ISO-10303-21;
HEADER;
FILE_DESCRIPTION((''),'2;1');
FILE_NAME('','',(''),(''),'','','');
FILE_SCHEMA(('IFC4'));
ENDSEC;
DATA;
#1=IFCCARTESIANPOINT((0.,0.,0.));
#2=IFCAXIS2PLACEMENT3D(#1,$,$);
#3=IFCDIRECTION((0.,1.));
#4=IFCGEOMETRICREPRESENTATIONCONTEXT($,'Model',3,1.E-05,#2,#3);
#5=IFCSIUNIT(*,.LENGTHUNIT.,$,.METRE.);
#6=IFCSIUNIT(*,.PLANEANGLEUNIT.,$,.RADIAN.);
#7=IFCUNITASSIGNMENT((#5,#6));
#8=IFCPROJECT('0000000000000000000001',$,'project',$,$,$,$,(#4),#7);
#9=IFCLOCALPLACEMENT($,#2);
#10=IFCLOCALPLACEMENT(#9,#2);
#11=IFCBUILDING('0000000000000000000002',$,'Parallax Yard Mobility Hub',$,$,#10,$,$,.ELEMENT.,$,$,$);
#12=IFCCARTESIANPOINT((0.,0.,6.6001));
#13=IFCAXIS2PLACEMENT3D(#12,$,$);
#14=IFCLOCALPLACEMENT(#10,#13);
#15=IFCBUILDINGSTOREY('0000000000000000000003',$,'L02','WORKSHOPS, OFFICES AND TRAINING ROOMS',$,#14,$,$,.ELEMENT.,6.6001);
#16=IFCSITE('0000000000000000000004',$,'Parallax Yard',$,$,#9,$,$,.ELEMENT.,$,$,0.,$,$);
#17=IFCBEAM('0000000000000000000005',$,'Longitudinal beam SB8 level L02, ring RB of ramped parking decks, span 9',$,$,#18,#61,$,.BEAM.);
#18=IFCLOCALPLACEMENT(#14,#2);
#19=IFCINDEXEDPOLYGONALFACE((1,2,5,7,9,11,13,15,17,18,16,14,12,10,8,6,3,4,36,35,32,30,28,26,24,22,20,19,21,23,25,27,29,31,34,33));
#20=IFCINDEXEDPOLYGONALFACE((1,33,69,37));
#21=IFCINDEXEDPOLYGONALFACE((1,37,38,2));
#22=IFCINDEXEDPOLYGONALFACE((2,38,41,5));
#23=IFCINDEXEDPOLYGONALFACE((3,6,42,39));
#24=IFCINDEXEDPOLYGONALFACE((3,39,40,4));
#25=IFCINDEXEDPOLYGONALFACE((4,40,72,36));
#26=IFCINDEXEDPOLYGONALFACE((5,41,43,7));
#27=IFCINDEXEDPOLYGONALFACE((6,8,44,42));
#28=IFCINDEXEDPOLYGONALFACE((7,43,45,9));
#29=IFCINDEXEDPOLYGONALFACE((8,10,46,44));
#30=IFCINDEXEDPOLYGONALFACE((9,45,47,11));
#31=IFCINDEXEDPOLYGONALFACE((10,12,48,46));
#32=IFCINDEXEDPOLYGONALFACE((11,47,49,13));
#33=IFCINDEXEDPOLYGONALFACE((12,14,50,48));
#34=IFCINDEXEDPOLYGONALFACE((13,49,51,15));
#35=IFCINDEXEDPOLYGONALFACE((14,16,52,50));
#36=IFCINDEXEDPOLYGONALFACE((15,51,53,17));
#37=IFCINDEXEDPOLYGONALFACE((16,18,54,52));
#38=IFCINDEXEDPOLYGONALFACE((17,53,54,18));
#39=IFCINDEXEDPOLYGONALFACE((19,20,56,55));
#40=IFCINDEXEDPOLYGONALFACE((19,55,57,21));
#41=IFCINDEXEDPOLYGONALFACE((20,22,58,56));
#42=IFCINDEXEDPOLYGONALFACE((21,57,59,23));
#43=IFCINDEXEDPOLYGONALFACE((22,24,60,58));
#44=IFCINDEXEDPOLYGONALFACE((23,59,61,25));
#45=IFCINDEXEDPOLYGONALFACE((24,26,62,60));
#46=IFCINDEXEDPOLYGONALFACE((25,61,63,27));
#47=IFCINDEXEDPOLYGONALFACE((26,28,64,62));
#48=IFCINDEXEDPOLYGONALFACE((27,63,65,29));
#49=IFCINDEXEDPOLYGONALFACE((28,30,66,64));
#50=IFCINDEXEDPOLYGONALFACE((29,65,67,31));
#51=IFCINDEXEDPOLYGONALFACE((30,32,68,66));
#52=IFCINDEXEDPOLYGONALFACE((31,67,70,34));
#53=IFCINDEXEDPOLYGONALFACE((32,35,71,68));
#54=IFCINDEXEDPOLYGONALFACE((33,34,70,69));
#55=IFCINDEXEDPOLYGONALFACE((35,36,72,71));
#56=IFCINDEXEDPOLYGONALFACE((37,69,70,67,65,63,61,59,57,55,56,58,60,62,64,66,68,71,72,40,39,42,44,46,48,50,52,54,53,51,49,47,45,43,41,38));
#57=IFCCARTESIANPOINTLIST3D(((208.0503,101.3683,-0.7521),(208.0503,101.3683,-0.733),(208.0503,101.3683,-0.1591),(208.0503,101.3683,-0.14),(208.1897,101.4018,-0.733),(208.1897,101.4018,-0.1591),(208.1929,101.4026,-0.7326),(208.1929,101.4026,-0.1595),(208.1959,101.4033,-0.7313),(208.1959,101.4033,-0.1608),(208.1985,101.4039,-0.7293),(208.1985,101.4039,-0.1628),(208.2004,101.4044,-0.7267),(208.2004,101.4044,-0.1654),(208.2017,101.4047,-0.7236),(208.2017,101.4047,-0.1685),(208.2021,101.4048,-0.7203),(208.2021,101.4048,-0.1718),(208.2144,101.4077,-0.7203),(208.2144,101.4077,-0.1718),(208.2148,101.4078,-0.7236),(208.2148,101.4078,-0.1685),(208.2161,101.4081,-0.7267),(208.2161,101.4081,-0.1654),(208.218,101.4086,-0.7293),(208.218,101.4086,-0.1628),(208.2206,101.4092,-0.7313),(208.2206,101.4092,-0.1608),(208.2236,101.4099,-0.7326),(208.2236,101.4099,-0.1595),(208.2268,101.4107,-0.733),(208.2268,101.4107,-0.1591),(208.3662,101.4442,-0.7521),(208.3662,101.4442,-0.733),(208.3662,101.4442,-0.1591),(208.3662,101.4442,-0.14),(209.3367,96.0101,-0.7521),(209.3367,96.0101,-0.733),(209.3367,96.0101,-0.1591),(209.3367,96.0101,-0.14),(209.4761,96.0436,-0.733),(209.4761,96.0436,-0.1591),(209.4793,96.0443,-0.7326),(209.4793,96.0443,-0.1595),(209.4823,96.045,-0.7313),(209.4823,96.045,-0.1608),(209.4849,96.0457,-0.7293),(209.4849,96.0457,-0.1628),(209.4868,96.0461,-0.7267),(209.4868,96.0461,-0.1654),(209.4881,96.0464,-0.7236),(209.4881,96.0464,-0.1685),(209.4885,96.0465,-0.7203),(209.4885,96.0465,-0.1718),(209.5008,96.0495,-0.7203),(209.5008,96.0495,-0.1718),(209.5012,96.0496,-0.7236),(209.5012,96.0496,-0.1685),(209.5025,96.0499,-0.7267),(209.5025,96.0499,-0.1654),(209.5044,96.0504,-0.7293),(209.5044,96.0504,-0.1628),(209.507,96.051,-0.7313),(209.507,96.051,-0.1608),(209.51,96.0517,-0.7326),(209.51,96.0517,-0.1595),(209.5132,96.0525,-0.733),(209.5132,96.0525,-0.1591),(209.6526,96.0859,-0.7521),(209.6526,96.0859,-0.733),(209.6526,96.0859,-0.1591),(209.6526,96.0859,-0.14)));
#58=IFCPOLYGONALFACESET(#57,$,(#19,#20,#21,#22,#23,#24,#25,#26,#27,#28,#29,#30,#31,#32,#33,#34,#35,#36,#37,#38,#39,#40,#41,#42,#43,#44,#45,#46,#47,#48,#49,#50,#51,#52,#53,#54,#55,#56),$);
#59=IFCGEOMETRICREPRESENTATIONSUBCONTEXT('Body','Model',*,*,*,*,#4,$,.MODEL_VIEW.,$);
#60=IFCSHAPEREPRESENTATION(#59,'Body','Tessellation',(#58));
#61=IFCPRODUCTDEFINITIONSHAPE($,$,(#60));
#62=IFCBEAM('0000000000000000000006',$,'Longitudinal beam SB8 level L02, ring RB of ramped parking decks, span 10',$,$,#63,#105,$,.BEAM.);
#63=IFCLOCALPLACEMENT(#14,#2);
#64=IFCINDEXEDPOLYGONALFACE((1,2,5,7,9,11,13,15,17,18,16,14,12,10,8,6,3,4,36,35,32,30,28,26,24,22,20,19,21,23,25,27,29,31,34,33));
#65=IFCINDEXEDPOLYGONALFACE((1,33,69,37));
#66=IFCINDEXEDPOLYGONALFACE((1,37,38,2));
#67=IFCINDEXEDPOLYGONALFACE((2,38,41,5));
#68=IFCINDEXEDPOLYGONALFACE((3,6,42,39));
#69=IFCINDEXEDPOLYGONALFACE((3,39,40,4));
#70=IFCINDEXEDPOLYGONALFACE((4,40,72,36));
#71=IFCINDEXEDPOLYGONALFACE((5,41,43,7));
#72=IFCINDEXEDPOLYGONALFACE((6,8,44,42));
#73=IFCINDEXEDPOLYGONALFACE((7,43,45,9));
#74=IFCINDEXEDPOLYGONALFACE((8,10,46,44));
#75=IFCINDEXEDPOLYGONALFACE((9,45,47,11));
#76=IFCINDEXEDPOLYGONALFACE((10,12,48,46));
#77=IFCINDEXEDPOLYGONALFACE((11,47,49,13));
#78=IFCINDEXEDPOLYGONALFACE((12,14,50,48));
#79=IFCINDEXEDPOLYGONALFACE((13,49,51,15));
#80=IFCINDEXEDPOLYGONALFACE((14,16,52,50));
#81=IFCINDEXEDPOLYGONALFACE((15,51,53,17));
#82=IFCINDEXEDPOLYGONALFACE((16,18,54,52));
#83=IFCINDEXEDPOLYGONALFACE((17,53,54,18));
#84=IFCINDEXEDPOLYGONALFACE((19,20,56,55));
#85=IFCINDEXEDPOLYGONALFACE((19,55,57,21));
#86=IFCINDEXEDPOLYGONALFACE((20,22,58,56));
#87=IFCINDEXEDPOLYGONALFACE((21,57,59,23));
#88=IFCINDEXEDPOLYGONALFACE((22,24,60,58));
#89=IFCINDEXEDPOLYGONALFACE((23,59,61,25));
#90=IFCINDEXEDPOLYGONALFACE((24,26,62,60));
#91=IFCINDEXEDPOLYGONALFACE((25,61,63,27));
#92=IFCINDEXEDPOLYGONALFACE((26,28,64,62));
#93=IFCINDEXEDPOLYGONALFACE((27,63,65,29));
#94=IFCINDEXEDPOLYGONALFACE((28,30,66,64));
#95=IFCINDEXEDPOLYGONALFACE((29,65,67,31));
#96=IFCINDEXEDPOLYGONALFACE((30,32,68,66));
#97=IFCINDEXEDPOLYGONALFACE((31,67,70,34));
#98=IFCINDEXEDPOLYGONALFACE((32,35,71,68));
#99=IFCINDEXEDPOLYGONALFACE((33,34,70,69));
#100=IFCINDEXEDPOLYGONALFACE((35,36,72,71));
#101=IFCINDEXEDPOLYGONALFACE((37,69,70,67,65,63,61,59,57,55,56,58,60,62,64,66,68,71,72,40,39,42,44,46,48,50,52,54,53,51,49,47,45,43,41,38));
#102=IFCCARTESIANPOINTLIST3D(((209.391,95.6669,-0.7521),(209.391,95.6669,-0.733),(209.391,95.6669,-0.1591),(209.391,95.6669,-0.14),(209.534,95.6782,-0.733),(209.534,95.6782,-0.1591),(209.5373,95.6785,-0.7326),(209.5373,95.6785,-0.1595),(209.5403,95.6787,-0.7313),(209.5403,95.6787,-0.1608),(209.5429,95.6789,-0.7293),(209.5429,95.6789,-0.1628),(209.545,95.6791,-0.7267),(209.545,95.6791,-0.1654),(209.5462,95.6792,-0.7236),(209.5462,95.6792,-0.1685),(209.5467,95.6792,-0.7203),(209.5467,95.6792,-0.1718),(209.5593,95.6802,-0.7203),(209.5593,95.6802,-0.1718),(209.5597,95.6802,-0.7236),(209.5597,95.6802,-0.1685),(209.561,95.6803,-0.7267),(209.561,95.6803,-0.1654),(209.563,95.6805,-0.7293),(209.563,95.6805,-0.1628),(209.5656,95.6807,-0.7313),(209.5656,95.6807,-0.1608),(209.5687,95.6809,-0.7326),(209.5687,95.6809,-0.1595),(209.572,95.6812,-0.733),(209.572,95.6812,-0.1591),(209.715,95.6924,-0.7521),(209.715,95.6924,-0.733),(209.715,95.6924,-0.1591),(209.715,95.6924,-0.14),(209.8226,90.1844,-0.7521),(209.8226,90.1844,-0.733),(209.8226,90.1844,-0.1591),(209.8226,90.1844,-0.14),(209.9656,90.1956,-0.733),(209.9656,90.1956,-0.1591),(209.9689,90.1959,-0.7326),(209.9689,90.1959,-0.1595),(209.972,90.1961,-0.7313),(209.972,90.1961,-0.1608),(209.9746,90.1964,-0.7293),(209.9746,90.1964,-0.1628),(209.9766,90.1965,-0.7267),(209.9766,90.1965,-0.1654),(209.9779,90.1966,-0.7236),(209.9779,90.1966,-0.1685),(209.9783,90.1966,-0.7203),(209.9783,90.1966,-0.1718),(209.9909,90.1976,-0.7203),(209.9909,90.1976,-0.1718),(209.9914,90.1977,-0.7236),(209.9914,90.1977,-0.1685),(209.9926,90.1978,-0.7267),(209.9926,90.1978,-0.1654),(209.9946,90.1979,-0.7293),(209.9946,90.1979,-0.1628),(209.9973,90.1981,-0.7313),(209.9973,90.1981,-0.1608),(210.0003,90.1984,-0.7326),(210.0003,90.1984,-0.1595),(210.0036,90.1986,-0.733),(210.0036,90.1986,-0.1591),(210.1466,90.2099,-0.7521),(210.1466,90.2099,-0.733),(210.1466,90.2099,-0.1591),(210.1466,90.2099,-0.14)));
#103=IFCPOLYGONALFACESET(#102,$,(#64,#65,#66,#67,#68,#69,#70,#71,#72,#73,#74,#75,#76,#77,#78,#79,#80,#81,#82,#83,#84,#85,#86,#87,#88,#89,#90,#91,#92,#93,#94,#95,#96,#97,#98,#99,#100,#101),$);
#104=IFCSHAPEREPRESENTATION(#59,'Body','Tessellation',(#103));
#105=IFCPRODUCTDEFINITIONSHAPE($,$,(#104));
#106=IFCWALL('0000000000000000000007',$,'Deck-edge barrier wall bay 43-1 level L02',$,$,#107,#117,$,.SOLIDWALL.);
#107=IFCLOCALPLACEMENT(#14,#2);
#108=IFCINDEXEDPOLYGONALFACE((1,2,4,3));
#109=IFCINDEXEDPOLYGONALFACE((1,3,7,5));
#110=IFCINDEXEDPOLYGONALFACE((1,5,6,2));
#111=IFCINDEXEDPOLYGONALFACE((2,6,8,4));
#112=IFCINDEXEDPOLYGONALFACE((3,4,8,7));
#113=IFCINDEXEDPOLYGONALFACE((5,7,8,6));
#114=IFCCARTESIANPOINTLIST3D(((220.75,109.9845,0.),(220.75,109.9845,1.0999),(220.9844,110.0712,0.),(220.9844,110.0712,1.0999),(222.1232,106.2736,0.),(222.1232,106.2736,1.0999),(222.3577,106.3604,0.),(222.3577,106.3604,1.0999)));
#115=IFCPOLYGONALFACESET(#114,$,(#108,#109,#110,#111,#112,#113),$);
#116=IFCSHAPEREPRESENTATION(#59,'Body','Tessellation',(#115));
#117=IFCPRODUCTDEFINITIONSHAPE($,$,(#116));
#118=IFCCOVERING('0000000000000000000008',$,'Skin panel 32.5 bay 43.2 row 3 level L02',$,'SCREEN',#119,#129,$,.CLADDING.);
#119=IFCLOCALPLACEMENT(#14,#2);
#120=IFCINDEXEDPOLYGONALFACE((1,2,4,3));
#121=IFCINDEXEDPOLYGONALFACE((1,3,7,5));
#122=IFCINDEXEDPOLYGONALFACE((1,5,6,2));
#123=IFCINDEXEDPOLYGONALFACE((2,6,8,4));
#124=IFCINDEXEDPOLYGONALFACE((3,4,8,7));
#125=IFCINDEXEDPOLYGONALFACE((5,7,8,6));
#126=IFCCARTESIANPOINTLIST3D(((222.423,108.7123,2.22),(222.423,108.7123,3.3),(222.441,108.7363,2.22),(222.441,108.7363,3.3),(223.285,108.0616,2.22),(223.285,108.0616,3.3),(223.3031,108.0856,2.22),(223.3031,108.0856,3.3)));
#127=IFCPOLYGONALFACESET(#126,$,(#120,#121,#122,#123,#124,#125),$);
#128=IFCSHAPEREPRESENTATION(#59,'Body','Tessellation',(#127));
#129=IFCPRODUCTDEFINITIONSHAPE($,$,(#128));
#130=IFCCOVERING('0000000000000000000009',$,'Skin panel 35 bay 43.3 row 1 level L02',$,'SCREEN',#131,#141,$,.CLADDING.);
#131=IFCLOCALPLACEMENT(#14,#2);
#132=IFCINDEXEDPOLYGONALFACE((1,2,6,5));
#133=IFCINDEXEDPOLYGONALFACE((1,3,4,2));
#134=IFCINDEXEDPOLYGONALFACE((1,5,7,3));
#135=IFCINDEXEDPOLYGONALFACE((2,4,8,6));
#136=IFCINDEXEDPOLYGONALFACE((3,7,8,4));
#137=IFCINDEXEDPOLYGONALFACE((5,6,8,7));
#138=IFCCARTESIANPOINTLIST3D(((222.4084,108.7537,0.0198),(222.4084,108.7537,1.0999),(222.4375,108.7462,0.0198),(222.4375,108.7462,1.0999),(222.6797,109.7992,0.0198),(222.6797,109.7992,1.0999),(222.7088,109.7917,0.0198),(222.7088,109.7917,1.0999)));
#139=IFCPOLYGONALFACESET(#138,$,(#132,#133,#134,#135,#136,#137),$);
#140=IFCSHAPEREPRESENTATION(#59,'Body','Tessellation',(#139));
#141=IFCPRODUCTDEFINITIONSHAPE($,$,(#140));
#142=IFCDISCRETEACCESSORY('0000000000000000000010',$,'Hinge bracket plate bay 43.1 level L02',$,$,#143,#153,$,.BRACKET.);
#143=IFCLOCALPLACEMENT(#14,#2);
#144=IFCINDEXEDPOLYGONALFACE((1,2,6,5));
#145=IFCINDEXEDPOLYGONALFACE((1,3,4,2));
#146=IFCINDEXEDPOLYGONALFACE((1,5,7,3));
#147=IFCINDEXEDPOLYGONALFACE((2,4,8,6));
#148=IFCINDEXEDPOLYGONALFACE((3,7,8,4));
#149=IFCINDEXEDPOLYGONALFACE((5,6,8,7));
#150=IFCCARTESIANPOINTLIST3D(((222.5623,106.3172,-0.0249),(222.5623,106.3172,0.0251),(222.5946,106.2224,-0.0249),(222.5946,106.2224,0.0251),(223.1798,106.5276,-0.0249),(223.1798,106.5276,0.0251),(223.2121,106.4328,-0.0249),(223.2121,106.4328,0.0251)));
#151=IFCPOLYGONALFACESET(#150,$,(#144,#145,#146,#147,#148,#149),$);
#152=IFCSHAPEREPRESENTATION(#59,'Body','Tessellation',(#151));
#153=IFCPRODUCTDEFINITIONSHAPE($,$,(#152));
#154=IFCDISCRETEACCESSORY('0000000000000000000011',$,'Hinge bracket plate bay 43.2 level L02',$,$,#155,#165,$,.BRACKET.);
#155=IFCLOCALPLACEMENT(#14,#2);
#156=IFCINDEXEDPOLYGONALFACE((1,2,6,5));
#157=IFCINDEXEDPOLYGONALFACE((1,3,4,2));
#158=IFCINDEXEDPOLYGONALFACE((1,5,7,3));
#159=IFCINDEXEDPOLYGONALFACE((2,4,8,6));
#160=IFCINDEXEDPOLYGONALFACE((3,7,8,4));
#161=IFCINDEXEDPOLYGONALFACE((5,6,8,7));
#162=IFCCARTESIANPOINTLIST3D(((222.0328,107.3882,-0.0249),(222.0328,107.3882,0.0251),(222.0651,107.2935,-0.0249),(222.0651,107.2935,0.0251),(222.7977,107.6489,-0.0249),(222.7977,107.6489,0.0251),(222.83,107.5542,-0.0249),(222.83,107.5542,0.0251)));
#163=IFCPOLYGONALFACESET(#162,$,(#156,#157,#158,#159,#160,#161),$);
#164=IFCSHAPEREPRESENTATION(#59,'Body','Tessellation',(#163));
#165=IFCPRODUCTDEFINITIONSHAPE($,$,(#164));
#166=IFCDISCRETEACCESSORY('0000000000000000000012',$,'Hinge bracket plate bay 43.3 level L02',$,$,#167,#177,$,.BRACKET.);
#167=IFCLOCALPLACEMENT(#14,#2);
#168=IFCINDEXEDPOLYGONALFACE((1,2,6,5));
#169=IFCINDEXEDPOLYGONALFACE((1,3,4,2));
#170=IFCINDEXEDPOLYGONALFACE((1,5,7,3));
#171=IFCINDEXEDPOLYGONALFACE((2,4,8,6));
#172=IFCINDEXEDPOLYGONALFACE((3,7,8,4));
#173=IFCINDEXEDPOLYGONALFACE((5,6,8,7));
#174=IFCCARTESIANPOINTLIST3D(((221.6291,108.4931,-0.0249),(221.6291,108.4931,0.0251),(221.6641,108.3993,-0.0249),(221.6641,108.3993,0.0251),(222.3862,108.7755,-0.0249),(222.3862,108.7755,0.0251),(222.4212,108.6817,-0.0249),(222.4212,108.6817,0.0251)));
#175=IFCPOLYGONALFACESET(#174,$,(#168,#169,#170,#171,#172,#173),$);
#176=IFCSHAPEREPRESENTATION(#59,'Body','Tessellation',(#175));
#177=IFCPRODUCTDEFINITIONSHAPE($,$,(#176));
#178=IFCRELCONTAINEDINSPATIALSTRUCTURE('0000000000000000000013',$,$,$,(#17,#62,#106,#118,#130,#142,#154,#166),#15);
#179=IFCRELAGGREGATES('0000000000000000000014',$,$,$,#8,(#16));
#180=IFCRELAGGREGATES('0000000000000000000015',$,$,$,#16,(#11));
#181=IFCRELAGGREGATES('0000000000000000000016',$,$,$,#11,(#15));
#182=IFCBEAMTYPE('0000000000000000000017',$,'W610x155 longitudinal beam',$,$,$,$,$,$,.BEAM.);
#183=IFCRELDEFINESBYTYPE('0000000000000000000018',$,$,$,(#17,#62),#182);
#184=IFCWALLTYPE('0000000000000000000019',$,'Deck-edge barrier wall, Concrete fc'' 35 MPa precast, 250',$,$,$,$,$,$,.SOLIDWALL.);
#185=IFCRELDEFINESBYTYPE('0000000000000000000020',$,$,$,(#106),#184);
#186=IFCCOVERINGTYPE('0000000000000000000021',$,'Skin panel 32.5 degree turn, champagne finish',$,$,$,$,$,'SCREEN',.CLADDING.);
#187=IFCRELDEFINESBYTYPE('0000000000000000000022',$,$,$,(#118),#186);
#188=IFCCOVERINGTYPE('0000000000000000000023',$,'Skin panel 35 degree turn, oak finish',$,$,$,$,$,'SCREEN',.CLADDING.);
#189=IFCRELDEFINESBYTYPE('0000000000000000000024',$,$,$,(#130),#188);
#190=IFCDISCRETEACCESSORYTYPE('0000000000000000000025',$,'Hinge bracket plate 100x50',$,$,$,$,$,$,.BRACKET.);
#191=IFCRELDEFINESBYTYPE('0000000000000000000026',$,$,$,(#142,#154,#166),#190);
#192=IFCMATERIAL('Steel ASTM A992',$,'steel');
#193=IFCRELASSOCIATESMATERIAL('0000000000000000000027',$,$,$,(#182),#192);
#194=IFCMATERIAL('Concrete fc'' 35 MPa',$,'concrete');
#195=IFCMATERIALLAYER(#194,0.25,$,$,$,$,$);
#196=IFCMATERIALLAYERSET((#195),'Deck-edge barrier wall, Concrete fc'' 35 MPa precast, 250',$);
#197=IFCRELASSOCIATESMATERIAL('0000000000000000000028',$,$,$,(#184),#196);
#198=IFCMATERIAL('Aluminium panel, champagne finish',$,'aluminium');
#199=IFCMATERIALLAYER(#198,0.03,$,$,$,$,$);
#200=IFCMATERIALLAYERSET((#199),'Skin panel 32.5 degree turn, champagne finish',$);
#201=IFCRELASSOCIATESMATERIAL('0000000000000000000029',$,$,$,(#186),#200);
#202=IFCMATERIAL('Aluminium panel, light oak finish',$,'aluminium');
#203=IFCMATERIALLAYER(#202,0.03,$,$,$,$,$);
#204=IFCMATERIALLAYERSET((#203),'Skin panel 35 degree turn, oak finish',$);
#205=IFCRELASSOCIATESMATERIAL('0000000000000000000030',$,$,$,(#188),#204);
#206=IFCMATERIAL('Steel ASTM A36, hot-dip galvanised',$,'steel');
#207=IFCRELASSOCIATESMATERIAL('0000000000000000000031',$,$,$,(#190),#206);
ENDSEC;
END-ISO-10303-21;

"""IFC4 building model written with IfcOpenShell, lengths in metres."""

from ifc_helpers import new_model, si_unit, direction, frame, frame_2d, origin, origin_2d, place, context, subcontext, project, spatial, rectangle, i_section, extrude, material, layer, layer_set, material_profile, profile_set, type_object, element, save


model = new_model("IFC4")

# Units and contexts
model_context = context("Model", 3, precision=1e-05, world=origin(), true_north=direction((0.0, 1.0)))
body_context = subcontext(model_context, "Body", "Model", "MODEL_VIEW")
ifc_project = project(units=[si_unit("LENGTHUNIT", "METRE"), si_unit("PLANEANGLEUNIT", "RADIAN")], contexts=[model_context])

# Site, building, storey
site_placement = place(None, origin())
site = spatial("IfcSite", under=ifc_project, at=site_placement, Name="Parallax Yard", CompositionType="ELEMENT", RefElevation=0.0)
building_placement = place(site_placement, origin())
building = spatial("IfcBuilding", under=site, at=building_placement, Name="Parallax Yard Mobility Hub", CompositionType="ELEMENT")
storey_placement = place(building_placement, frame((0.0, 0.0, 6.6001)))
storey = spatial("IfcBuildingStorey", under=building, at=storey_placement, Name="L02", Description="WORKSHOPS, OFFICES AND TRAINING ROOMS", CompositionType="ELEMENT", Elevation=6.6001)

# Shared definitions
ifc_material_1 = material(Name="Steel ASTM A992", Category="steel")

# Beams
ifc_material_profile_1 = material_profile(ifc_material_1, i_section(OverallWidth=0.325, OverallDepth=0.6121, WebThickness=0.0127, FlangeThickness=0.019, FilletRadius=0.0127, at=origin_2d()), Name="W610x155")
ifc_profile_set_1 = profile_set([ifc_material_profile_1], Name="Steel ASTM A992")
beam_type_1 = type_object("IfcBeamType", Name="W610x155 longitudinal beam", PredefinedType="BEAM", material=ifc_profile_set_1)
beam_1_placement = place(storey_placement, frame((208.2083, 101.4062, -0.446), z_axis=(0.233445, -0.97237, 0.0), x_axis=(0.97237, 0.233445, 0.0)))
element("IfcBeam", 1, at=beam_1_placement, inside=storey, type_object=beam_type_1, Name="Longitudinal beam SB8 level L02, ring RB of ramped parking decks, span 9", PredefinedType="BEAM", context=body_context, shape_type="SweptSolid", body=[
    extrude(i_section(OverallWidth=0.325, OverallDepth=0.6121, WebThickness=0.0127, FlangeThickness=0.019, FilletRadius=0.0127, at=origin_2d()), origin(), (0.0, 0.0, 1.0), 5.5105),
])
beam_2_placement = place(storey_placement, frame((209.553, 95.6797, -0.446), z_axis=(0.078485, -0.996915, 0.0), x_axis=(0.996915, 0.078485, 0.0)))
element("IfcBeam", 2, at=beam_2_placement, inside=storey, type_object=beam_type_1, Name="Longitudinal beam SB8 level L02, ring RB of ramped parking decks, span 10", PredefinedType="BEAM", context=body_context, shape_type="SweptSolid", body=[
    extrude(i_section(OverallWidth=0.325, OverallDepth=0.6121, WebThickness=0.0127, FlangeThickness=0.019, FilletRadius=0.0127, at=origin_2d()), origin(), (0.0, 0.0, 1.0), 5.4995),
])

# Wall
ifc_material_2 = material(Name="Concrete fc' 35 MPa", Category="concrete")
ifc_layer_1 = layer(ifc_material_2, 0.25)
ifc_layer_set_1 = layer_set([ifc_layer_1], Name="Deck-edge barrier wall, Concrete fc' 35 MPa precast, 250")
wall_type = type_object("IfcWallType", Name="Deck-edge barrier wall, Concrete fc' 35 MPa precast, 250", PredefinedType="SOLIDWALL", material=ifc_layer_set_1)
wall_placement = place(storey_placement, frame((222.2405, 106.3169, 0.0), z_axis=(0.0, 0.0, 1.0), x_axis=(-0.347063, 0.937842, 0.0)))
element("IfcWall", 3, at=wall_placement, inside=storey, type_object=wall_type, Name="Deck-edge barrier wall bay 43-1 level L02", PredefinedType="SOLIDWALL", context=body_context, shape_type="SweptSolid", body=[
    extrude(rectangle(XDim=3.9568, YDim=0.25, at=frame_2d((1.9785, 0.0))), origin(), (0.0, 0.0, 1.0), 1.0999),
])

# Coverings
ifc_material_3 = material(Name="Aluminium panel, champagne finish", Category="aluminium")
ifc_layer_2 = layer(ifc_material_3, 0.03)
ifc_layer_set_2 = layer_set([ifc_layer_2], Name="Skin panel 32.5 degree turn, champagne finish")
covering_type_1 = type_object("IfcCoveringType", Name="Skin panel 32.5 degree turn, champagne finish", ElementType="SCREEN", PredefinedType="CLADDING", material=ifc_layer_set_2)
covering_1_placement = place(storey_placement, frame((222.863, 108.3989, 2.22), z_axis=(0.0, 0.0, 1.0), x_axis=(0.798157, -0.602449, 0.0)))
element("IfcCovering", 4, at=covering_1_placement, inside=storey, type_object=covering_type_1, Name="Skin panel 32.5 bay 43.2 row 3 level L02", ObjectType="SCREEN", PredefinedType="CLADDING", context=body_context, shape_type="SweptSolid", body=[
    extrude(rectangle(XDim=1.0801, YDim=0.03, at=origin_2d()), origin(), (0.0, 0.0, 1.0), 1.0801),
])
ifc_material_4 = material(Name="Aluminium panel, light oak finish", Category="aluminium")
ifc_layer_3 = layer(ifc_material_4, 0.03)
ifc_layer_set_3 = layer_set([ifc_layer_3], Name="Skin panel 35 degree turn, oak finish")
covering_type_2 = type_object("IfcCoveringType", Name="Skin panel 35 degree turn, oak finish", ElementType="SCREEN", PredefinedType="CLADDING", material=ifc_layer_set_3)
covering_2_placement = place(storey_placement, frame((222.5586, 109.2727, 0.0198), z_axis=(0.0, 0.0, 1.0), x_axis=(0.251149, 0.967949, 0.0)))
element("IfcCovering", 5, at=covering_2_placement, inside=storey, type_object=covering_type_2, Name="Skin panel 35 bay 43.3 row 1 level L02", ObjectType="SCREEN", PredefinedType="CLADDING", context=body_context, shape_type="SweptSolid", body=[
    extrude(rectangle(XDim=1.0801, YDim=0.03, at=origin_2d()), origin(), (0.0, 0.0, 1.0), 1.0801),
])

# Discrete accessories
ifc_material_5 = material(Name="Steel ASTM A36, hot-dip galvanised", Category="steel")
discrete_accessory_type_1 = type_object("IfcDiscreteAccessoryType", Name="Hinge bracket plate 100x50", PredefinedType="BRACKET", material=ifc_material_5)
discrete_accessory_placement = place(storey_placement, frame((222.8872, 106.375, -0.0249), z_axis=(0.0, 0.0, 1.0), x_axis=(0.946547, 0.322566, 0.0)))
element("IfcDiscreteAccessory", 6, at=discrete_accessory_placement, inside=storey, type_object=discrete_accessory_type_1, Name="Hinge bracket plate bay 43.1 level L02", PredefinedType="BRACKET", context=body_context, shape_type="SweptSolid", body=[
    extrude(rectangle(XDim=0.6523, YDim=0.1001, at=origin_2d()), origin(), (0.0, 0.0, 1.0), 0.05),
])
for number, where, z_axis, x_axis, name in (
    (7, (222.4314, 107.4712, -0.0249), (0.0, 0.0, 1.0), (0.946547, 0.322566, 0.0), "Hinge bracket plate bay 43.2 level L02"),
    (8, (222.0251, 108.5874, -0.0249), (0.0, 0.0, 1.0), (0.93695, 0.349463, 0.0), "Hinge bracket plate bay 43.3 level L02"),
):
    element("IfcDiscreteAccessory", number, at=place(storey_placement, frame(where, z_axis=z_axis, x_axis=x_axis)), inside=storey, type_object=discrete_accessory_type_1, Name=name, PredefinedType="BRACKET", context=body_context, shape_type="SweptSolid", body=[
        extrude(rectangle(XDim=0.8081, YDim=0.1001, at=origin_2d()), origin(), (0.0, 0.0, 1.0), 0.05),
    ])

save(model, "model.ifc")
